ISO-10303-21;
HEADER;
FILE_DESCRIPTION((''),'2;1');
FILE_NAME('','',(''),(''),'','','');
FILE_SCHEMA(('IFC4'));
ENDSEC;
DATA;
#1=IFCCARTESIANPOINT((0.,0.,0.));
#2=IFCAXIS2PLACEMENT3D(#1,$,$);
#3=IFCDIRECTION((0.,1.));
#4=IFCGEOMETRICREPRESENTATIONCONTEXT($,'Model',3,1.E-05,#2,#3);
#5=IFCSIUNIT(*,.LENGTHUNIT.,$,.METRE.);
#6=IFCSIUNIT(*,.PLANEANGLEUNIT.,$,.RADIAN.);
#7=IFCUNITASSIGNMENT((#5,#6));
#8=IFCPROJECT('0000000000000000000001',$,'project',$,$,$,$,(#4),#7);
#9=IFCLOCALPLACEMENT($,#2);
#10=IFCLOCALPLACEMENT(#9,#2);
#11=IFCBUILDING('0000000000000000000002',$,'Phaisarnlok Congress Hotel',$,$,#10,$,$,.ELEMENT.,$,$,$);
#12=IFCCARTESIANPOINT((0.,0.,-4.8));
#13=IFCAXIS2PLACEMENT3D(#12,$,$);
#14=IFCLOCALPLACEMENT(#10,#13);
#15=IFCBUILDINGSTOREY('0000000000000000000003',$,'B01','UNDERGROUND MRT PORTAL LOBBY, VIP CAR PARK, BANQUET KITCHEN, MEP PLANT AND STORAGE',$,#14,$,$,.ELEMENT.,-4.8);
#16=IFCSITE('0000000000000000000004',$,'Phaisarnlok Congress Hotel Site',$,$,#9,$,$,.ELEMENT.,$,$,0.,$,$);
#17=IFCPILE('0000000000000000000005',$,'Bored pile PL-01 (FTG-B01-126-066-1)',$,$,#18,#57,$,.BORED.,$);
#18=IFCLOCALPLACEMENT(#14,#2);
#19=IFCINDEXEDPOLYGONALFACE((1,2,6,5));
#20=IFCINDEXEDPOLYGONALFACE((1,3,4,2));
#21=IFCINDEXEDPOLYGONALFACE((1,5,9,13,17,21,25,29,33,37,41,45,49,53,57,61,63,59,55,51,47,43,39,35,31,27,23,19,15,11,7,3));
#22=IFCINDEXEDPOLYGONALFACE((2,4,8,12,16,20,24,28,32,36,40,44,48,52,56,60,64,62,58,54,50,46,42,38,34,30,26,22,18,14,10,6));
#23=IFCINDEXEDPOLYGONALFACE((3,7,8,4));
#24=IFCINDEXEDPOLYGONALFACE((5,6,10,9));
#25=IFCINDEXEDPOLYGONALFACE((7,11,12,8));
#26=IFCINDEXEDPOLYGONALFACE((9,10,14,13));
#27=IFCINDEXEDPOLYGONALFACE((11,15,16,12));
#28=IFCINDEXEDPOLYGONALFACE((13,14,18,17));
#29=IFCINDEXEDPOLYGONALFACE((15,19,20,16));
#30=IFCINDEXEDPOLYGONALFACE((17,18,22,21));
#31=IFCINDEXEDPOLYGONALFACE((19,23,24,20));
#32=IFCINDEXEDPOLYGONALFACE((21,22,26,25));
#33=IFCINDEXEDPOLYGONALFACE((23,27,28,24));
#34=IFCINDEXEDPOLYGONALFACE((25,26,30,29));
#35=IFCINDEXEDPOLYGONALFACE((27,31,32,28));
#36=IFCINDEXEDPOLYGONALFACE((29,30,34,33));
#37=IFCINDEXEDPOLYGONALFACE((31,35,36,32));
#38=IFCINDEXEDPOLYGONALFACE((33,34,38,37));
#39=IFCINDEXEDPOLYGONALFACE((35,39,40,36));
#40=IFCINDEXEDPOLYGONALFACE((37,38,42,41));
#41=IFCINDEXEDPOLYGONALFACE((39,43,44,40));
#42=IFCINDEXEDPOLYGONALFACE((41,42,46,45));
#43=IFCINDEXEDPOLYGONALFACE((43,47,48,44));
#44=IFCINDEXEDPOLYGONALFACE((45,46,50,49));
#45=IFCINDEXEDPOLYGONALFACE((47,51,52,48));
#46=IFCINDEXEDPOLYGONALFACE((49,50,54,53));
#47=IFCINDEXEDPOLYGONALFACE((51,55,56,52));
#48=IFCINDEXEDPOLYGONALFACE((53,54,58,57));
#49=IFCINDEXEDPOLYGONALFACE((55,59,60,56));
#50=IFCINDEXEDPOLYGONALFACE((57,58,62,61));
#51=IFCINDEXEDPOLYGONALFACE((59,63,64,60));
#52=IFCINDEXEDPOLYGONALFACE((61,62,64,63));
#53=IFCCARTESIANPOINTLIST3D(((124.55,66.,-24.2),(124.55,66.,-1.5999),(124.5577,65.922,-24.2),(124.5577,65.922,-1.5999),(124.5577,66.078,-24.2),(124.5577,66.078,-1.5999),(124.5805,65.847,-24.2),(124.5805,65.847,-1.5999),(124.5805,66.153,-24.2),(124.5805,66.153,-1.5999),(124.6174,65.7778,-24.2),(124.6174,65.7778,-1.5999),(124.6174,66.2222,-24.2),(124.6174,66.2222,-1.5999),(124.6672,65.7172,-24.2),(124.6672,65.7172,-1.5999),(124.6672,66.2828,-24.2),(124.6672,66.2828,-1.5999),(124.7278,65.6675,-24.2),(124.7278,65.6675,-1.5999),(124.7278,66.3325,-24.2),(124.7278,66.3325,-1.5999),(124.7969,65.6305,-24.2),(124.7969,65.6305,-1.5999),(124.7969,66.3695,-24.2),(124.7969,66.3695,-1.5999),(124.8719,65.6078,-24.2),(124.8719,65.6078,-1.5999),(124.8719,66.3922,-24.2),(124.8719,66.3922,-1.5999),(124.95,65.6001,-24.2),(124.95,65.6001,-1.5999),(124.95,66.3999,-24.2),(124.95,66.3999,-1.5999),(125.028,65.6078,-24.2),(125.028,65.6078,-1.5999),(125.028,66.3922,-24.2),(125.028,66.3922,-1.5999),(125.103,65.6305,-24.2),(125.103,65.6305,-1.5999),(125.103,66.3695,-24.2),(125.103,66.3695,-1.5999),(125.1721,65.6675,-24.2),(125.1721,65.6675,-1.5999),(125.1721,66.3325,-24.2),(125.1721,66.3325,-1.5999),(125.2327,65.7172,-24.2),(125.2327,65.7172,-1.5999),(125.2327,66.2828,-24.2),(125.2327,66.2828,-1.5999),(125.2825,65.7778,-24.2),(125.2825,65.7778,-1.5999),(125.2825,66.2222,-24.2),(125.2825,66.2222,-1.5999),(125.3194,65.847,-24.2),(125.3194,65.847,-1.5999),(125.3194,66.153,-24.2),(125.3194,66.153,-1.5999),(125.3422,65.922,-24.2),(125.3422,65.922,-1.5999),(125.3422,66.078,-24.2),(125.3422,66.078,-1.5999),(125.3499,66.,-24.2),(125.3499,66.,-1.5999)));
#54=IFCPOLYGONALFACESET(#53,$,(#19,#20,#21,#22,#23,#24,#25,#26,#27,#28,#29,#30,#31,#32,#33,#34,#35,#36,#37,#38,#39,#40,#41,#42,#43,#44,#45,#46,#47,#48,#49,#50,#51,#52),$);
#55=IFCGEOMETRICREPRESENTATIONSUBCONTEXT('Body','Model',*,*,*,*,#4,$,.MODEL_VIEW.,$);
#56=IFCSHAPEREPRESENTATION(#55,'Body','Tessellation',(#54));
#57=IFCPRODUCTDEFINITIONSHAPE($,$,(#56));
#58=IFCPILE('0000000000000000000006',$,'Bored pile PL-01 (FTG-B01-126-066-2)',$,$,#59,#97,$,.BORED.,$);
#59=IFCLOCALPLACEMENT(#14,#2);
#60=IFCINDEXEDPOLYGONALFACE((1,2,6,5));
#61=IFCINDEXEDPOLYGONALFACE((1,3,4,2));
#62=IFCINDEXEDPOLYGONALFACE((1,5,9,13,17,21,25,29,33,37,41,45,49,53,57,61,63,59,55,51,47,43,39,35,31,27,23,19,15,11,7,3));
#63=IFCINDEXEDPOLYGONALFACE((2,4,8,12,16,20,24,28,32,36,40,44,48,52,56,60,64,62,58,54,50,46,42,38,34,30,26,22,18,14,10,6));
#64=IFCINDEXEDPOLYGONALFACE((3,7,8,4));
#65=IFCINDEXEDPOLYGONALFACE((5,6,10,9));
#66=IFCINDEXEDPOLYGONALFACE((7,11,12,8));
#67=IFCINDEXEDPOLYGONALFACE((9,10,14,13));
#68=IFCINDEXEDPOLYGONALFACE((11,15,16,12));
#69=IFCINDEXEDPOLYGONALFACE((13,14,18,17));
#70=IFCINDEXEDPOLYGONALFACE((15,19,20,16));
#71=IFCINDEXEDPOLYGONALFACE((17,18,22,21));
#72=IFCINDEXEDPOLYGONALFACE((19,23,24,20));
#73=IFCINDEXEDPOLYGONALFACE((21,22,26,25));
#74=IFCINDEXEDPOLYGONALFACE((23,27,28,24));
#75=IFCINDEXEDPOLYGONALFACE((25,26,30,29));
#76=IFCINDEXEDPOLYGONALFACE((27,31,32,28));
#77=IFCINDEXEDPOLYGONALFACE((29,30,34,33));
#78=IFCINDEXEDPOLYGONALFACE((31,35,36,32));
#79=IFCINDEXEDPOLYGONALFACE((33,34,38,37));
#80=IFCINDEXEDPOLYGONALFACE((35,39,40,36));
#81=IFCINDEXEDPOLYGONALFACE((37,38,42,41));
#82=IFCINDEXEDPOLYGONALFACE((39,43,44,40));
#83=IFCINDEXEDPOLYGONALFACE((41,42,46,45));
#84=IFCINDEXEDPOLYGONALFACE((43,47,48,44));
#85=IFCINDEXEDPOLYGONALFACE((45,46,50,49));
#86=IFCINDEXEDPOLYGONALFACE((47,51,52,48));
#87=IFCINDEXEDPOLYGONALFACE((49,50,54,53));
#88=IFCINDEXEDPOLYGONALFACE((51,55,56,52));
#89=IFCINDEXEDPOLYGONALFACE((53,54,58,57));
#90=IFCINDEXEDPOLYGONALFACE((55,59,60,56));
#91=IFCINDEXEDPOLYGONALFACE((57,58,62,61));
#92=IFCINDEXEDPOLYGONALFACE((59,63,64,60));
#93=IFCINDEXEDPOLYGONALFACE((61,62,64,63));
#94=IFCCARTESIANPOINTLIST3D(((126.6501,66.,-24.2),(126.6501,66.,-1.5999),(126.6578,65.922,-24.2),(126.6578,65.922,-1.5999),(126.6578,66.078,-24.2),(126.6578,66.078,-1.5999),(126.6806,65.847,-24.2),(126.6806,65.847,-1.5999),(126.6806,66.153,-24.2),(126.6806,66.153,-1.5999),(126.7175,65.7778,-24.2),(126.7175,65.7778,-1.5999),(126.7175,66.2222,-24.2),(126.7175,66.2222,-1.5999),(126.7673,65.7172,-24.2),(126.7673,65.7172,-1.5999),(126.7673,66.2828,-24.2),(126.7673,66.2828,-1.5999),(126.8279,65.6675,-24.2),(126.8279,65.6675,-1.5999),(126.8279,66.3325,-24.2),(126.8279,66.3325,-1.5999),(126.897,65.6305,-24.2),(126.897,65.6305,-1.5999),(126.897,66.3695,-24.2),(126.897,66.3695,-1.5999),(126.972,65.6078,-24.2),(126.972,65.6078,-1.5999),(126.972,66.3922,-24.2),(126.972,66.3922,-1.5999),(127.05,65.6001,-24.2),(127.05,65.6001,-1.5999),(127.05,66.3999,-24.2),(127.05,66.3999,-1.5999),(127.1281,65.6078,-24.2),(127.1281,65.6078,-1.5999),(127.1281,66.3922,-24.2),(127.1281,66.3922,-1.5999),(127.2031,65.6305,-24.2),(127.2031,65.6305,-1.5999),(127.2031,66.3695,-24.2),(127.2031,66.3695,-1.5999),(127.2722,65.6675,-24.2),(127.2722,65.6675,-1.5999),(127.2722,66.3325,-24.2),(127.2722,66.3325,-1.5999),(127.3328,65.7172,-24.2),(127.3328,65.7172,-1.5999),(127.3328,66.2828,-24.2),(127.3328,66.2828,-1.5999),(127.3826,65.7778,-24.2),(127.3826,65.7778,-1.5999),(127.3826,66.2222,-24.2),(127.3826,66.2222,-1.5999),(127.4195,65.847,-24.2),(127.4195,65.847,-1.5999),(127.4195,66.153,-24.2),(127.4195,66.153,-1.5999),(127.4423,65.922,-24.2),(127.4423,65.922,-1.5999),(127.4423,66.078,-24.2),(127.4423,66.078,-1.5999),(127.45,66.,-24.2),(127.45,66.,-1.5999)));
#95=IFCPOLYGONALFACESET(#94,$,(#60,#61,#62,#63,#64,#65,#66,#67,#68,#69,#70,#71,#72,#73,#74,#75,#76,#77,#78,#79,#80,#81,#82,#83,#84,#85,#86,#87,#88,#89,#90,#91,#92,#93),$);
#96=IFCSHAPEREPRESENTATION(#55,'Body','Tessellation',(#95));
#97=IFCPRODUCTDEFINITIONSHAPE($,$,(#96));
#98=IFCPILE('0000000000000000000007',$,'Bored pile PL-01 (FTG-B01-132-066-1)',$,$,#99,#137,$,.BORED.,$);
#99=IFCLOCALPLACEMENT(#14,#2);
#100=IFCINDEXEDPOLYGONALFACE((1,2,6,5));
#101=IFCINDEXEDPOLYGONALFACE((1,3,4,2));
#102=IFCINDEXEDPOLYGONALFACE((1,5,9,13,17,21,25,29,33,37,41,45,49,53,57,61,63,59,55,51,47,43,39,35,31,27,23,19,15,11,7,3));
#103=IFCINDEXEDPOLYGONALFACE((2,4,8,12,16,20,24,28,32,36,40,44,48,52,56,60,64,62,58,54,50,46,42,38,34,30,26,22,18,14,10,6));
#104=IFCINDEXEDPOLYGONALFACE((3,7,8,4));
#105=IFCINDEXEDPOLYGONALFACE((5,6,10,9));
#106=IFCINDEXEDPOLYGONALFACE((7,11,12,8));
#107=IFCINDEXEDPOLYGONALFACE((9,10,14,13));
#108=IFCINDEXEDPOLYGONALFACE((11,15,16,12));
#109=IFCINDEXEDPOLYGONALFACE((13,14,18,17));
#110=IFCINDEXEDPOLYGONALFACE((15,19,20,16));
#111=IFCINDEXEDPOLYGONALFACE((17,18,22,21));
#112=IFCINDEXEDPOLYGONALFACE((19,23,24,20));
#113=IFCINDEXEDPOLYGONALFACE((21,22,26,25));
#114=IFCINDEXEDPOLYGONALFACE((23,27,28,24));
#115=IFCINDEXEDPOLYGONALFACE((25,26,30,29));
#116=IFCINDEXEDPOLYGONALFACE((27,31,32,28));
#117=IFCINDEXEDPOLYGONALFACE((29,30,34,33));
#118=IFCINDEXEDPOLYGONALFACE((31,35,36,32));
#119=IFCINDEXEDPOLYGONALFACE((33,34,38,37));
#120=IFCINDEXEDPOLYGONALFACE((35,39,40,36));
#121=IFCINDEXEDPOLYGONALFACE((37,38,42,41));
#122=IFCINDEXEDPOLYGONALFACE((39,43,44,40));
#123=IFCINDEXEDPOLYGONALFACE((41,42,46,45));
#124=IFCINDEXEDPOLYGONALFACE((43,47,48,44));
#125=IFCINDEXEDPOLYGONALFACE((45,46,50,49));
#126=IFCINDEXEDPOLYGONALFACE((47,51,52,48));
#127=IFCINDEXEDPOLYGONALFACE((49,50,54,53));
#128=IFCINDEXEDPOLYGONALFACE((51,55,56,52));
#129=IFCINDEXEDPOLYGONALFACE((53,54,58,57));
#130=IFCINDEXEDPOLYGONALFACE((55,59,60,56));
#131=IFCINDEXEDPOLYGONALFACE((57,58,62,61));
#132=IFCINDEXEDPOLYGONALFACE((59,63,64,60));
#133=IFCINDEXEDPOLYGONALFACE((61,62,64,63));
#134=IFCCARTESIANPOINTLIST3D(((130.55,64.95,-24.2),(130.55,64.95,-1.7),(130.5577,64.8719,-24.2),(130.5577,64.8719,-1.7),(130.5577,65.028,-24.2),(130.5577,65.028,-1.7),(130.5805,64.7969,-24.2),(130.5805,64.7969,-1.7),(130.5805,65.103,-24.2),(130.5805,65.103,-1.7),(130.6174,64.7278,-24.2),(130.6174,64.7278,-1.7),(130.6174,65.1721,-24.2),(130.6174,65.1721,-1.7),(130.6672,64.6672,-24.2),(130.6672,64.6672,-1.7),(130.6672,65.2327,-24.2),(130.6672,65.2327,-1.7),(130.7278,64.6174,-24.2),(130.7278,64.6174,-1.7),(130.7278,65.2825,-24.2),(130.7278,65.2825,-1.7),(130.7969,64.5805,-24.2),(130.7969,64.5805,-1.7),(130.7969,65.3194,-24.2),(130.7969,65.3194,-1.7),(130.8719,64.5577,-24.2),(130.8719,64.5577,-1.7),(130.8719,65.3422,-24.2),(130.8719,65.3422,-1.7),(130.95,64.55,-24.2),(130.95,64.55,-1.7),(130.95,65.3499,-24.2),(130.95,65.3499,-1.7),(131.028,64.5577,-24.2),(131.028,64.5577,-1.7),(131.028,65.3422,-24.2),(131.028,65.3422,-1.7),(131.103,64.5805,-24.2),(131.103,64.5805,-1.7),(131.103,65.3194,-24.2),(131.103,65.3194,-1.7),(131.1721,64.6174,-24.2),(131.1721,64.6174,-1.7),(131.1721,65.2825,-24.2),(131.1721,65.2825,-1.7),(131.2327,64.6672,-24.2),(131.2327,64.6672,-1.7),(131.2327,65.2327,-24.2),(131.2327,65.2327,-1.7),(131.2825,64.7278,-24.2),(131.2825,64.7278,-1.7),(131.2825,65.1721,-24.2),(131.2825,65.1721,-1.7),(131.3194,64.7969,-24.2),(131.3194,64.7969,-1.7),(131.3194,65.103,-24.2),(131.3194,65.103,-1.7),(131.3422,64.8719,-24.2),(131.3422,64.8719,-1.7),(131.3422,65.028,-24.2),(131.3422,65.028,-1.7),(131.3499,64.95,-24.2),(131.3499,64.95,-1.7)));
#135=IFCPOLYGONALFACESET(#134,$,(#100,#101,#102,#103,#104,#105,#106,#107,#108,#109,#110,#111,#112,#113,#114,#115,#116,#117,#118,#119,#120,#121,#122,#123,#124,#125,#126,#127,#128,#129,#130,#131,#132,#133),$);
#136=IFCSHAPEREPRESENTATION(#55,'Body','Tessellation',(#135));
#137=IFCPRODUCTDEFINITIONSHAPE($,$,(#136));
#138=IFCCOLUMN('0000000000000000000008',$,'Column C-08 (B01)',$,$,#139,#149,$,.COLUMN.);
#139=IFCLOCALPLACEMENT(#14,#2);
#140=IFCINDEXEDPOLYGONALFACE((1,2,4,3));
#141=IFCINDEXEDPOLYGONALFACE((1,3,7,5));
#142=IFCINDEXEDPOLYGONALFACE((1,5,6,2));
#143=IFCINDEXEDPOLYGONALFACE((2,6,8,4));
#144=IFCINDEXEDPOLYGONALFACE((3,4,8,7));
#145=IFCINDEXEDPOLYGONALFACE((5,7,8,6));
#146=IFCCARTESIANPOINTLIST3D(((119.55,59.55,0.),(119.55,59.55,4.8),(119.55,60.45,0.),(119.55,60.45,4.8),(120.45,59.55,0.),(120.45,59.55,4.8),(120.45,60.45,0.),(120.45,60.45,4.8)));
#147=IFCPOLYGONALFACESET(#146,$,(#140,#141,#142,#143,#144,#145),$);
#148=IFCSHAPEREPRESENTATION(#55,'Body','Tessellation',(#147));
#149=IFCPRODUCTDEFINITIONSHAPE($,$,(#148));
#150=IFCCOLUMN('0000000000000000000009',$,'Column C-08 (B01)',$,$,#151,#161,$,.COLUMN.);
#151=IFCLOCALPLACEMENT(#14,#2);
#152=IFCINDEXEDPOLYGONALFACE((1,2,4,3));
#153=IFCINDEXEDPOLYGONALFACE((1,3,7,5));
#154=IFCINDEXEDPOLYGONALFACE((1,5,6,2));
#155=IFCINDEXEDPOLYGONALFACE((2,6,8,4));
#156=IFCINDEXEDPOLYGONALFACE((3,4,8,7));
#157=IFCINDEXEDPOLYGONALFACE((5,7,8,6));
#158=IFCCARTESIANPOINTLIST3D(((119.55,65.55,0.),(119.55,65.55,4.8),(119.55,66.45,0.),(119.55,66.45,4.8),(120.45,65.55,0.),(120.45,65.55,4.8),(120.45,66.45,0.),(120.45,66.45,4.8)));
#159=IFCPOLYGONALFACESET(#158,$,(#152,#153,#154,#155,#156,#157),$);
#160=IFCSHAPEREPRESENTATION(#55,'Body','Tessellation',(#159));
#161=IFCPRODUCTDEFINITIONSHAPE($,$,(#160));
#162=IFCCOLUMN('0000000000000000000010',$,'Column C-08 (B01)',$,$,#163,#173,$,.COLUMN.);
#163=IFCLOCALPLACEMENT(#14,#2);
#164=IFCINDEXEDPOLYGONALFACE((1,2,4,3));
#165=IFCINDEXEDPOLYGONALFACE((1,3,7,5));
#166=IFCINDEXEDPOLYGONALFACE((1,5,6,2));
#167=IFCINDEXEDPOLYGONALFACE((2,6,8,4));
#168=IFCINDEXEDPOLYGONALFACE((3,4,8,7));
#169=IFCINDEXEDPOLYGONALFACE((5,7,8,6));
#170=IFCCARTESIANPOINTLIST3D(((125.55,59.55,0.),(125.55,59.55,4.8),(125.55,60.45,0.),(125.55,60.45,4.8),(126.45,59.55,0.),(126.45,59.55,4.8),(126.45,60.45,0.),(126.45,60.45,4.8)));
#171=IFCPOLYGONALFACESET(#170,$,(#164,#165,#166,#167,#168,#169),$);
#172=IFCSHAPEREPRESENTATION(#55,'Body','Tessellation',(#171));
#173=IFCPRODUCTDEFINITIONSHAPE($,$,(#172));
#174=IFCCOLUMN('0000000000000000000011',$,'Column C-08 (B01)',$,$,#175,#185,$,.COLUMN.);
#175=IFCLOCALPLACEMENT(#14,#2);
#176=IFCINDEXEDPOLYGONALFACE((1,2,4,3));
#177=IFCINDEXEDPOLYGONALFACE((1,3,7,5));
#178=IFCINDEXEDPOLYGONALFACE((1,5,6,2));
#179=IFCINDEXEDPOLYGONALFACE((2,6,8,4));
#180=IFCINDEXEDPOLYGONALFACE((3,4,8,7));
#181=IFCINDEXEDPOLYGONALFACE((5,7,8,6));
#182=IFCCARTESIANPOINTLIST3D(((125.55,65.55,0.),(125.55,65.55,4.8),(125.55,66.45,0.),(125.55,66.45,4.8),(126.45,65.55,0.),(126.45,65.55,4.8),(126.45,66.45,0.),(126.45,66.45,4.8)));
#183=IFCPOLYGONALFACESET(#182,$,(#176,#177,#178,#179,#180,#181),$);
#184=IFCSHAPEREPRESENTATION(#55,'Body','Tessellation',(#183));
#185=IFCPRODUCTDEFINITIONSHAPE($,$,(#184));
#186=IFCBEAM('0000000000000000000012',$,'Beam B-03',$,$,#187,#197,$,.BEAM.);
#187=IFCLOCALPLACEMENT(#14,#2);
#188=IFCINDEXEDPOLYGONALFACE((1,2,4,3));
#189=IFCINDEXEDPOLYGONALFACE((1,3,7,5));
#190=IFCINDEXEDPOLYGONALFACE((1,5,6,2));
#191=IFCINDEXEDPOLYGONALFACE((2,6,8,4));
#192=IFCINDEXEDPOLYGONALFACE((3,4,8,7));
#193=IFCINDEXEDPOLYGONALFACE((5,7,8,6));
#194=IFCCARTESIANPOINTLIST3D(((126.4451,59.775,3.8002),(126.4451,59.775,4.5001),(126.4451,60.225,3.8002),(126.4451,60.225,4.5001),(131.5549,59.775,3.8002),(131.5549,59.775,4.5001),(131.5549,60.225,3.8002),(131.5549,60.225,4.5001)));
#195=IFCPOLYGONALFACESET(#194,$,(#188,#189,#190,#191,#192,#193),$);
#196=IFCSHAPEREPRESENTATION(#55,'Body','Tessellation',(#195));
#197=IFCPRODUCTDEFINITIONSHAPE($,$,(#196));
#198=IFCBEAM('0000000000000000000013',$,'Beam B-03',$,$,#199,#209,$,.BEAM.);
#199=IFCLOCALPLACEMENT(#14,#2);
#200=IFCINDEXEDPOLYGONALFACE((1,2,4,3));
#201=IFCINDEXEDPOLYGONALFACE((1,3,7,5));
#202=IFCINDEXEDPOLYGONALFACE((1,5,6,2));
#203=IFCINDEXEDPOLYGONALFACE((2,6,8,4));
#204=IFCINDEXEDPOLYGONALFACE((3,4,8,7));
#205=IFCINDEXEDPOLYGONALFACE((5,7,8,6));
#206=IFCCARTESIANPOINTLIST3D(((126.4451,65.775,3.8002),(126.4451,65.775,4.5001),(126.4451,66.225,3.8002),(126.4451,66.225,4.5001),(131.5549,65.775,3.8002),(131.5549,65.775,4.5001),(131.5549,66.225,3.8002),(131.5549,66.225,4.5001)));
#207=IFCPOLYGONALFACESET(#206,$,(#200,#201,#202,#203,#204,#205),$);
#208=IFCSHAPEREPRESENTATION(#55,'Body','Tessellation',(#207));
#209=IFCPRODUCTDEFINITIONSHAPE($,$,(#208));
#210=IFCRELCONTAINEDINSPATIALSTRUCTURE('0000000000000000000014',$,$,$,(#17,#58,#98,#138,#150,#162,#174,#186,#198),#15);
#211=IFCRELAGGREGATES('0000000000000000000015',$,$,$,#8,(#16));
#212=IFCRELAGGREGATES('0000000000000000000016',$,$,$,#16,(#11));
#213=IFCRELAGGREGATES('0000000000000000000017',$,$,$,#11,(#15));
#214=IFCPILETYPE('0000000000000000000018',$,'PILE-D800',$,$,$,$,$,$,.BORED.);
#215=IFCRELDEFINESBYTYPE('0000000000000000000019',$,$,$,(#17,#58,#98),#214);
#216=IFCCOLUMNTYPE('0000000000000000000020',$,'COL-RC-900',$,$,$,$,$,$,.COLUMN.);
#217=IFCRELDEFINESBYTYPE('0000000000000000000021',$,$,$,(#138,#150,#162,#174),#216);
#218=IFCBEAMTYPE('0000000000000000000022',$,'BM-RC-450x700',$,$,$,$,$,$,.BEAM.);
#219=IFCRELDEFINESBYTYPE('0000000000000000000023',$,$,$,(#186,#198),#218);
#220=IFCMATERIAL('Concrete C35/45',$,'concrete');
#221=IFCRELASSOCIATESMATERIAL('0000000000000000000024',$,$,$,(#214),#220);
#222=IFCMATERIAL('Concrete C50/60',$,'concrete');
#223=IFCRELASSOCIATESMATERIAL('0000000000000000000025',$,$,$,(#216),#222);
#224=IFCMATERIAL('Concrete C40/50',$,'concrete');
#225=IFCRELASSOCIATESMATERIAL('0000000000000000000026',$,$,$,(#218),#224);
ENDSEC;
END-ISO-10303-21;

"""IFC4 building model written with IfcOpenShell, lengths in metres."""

from ifc_helpers import new_model, si_unit, direction, frame, origin, origin_2d, place, context, subcontext, project, spatial, rectangle, circle, extrude, material, material_profile, profile_set, type_object, element, save


model = new_model("IFC4")

# Units and contexts
model_context = context("Model", 3, precision=1e-05, world=origin(), true_north=direction((0.0, 1.0)))
body_context = subcontext(model_context, "Body", "Model", "MODEL_VIEW")
ifc_project = project(units=[si_unit("LENGTHUNIT", "METRE"), si_unit("PLANEANGLEUNIT", "RADIAN")], contexts=[model_context])

# Site, building, storey
site_placement = place(None, origin())
site = spatial("IfcSite", under=ifc_project, at=site_placement, Name="Phaisarnlok Congress Hotel Site", CompositionType="ELEMENT", RefElevation=0.0)
building_placement = place(site_placement, origin())
building = spatial("IfcBuilding", under=site, at=building_placement, Name="Phaisarnlok Congress Hotel", CompositionType="ELEMENT")
storey_placement = place(building_placement, frame((0.0, 0.0, -4.8)))
storey = spatial("IfcBuildingStorey", under=building, at=storey_placement, Name="B01", Description="UNDERGROUND MRT PORTAL LOBBY, VIP CAR PARK, BANQUET KITCHEN, MEP PLANT AND STORAGE", CompositionType="ELEMENT", Elevation=-4.8)

# Shared definitions
ifc_material_1 = material(Name="Concrete C40/50", Category="concrete")

# Piles
ifc_material_2 = material(Name="Concrete C35/45", Category="concrete")
ifc_material_profile_1 = material_profile(ifc_material_2, circle(Radius=0.3999, at=origin_2d()), Name="BORED PILE D800")
ifc_profile_set_1 = profile_set([ifc_material_profile_1], Name="Concrete C35/45")
pile_type_1 = type_object("IfcPileType", Name="PILE-D800", PredefinedType="BORED", material=ifc_profile_set_1)
for number, where, z_axis, x_axis, name in (
    (1, (124.95, 66.0, -1.5999), (0.0, 0.0, -1.0), (1.0, 0.0, 0.0), "Bored pile PL-01 (FTG-B01-126-066-1)"),
    (2, (127.05, 66.0, -1.5999), (0.0, 0.0, -1.0), (1.0, 0.0, 0.0), "Bored pile PL-01 (FTG-B01-126-066-2)"),
):
    element("IfcPile", number, at=place(storey_placement, frame(where, z_axis=z_axis, x_axis=x_axis)), inside=storey, type_object=pile_type_1, Name=name, PredefinedType="BORED", context=body_context, shape_type="SweptSolid", body=[
        extrude(circle(Radius=0.3999, at=origin_2d()), origin(), (0.0, 0.0, 1.0), 22.6001),
    ])
pile_1_placement = place(storey_placement, frame((130.95, 64.95, -1.7), z_axis=(0.0, 0.0, -1.0), x_axis=(1.0, 0.0, 0.0)))
element("IfcPile", 3, at=pile_1_placement, inside=storey, type_object=pile_type_1, Name="Bored pile PL-01 (FTG-B01-132-066-1)", PredefinedType="BORED", context=body_context, shape_type="SweptSolid", body=[
    extrude(circle(Radius=0.3999, at=origin_2d()), origin(), (0.0, 0.0, 1.0), 22.5),
])

# Columns
ifc_material_3 = material(Name="Concrete C50/60", Category="concrete")
ifc_material_profile_2 = material_profile(ifc_material_3, rectangle(XDim=0.8999, YDim=0.8999, at=origin_2d()), Name="RC 900x900")
ifc_profile_set_2 = profile_set([ifc_material_profile_2], Name="Concrete C50/60")
column_type = type_object("IfcColumnType", Name="COL-RC-900", PredefinedType="COLUMN", material=ifc_profile_set_2)
for number, where, z_axis, x_axis, name in (
    (4, (120.0, 60.0, 0.0), (0.0, 0.0, 1.0), (1.0, 0.0, 0.0), "Column C-08 (B01)"),
    (5, (120.0, 66.0, 0.0), (0.0, 0.0, 1.0), (1.0, 0.0, 0.0), "Column C-08 (B01)"),
    (6, (126.0, 60.0, 0.0), (0.0, 0.0, 1.0), (1.0, 0.0, 0.0), "Column C-08 (B01)"),
    (7, (126.0, 66.0, 0.0), (0.0, 0.0, 1.0), (1.0, 0.0, 0.0), "Column C-08 (B01)"),
):
    element("IfcColumn", number, at=place(storey_placement, frame(where, z_axis=z_axis, x_axis=x_axis)), inside=storey, type_object=column_type, Name=name, PredefinedType="COLUMN", context=body_context, shape_type="SweptSolid", body=[
        extrude(rectangle(XDim=0.8999, YDim=0.8999, at=origin_2d()), origin(), (0.0, 0.0, 1.0), 4.8),
    ])

# Beams
ifc_material_profile_3 = material_profile(ifc_material_1, rectangle(XDim=0.45, YDim=0.7, at=origin_2d()), Name="RC 450x700")
ifc_profile_set_3 = profile_set([ifc_material_profile_3], Name="Concrete C40/50")
beam_type_1 = type_object("IfcBeamType", Name="BM-RC-450x700", PredefinedType="BEAM", material=ifc_profile_set_3)
for number, where, z_axis, x_axis, name in (
    (8, (126.4451, 60.0, 4.1501), (1.0, 0.0, 0.0), (0.0, 1.0, 0.0), "Beam B-03"),
    (9, (126.4451, 66.0, 4.1501), (1.0, 0.0, 0.0), (0.0, 1.0, 0.0), "Beam B-03"),
):
    element("IfcBeam", number, at=place(storey_placement, frame(where, z_axis=z_axis, x_axis=x_axis)), inside=storey, type_object=beam_type_1, Name=name, PredefinedType="BEAM", context=body_context, shape_type="SweptSolid", body=[
        extrude(rectangle(XDim=0.45, YDim=0.7, at=origin_2d()), origin(), (0.0, 0.0, 1.0), 5.1099),
    ])

save(model, "model.ifc")
